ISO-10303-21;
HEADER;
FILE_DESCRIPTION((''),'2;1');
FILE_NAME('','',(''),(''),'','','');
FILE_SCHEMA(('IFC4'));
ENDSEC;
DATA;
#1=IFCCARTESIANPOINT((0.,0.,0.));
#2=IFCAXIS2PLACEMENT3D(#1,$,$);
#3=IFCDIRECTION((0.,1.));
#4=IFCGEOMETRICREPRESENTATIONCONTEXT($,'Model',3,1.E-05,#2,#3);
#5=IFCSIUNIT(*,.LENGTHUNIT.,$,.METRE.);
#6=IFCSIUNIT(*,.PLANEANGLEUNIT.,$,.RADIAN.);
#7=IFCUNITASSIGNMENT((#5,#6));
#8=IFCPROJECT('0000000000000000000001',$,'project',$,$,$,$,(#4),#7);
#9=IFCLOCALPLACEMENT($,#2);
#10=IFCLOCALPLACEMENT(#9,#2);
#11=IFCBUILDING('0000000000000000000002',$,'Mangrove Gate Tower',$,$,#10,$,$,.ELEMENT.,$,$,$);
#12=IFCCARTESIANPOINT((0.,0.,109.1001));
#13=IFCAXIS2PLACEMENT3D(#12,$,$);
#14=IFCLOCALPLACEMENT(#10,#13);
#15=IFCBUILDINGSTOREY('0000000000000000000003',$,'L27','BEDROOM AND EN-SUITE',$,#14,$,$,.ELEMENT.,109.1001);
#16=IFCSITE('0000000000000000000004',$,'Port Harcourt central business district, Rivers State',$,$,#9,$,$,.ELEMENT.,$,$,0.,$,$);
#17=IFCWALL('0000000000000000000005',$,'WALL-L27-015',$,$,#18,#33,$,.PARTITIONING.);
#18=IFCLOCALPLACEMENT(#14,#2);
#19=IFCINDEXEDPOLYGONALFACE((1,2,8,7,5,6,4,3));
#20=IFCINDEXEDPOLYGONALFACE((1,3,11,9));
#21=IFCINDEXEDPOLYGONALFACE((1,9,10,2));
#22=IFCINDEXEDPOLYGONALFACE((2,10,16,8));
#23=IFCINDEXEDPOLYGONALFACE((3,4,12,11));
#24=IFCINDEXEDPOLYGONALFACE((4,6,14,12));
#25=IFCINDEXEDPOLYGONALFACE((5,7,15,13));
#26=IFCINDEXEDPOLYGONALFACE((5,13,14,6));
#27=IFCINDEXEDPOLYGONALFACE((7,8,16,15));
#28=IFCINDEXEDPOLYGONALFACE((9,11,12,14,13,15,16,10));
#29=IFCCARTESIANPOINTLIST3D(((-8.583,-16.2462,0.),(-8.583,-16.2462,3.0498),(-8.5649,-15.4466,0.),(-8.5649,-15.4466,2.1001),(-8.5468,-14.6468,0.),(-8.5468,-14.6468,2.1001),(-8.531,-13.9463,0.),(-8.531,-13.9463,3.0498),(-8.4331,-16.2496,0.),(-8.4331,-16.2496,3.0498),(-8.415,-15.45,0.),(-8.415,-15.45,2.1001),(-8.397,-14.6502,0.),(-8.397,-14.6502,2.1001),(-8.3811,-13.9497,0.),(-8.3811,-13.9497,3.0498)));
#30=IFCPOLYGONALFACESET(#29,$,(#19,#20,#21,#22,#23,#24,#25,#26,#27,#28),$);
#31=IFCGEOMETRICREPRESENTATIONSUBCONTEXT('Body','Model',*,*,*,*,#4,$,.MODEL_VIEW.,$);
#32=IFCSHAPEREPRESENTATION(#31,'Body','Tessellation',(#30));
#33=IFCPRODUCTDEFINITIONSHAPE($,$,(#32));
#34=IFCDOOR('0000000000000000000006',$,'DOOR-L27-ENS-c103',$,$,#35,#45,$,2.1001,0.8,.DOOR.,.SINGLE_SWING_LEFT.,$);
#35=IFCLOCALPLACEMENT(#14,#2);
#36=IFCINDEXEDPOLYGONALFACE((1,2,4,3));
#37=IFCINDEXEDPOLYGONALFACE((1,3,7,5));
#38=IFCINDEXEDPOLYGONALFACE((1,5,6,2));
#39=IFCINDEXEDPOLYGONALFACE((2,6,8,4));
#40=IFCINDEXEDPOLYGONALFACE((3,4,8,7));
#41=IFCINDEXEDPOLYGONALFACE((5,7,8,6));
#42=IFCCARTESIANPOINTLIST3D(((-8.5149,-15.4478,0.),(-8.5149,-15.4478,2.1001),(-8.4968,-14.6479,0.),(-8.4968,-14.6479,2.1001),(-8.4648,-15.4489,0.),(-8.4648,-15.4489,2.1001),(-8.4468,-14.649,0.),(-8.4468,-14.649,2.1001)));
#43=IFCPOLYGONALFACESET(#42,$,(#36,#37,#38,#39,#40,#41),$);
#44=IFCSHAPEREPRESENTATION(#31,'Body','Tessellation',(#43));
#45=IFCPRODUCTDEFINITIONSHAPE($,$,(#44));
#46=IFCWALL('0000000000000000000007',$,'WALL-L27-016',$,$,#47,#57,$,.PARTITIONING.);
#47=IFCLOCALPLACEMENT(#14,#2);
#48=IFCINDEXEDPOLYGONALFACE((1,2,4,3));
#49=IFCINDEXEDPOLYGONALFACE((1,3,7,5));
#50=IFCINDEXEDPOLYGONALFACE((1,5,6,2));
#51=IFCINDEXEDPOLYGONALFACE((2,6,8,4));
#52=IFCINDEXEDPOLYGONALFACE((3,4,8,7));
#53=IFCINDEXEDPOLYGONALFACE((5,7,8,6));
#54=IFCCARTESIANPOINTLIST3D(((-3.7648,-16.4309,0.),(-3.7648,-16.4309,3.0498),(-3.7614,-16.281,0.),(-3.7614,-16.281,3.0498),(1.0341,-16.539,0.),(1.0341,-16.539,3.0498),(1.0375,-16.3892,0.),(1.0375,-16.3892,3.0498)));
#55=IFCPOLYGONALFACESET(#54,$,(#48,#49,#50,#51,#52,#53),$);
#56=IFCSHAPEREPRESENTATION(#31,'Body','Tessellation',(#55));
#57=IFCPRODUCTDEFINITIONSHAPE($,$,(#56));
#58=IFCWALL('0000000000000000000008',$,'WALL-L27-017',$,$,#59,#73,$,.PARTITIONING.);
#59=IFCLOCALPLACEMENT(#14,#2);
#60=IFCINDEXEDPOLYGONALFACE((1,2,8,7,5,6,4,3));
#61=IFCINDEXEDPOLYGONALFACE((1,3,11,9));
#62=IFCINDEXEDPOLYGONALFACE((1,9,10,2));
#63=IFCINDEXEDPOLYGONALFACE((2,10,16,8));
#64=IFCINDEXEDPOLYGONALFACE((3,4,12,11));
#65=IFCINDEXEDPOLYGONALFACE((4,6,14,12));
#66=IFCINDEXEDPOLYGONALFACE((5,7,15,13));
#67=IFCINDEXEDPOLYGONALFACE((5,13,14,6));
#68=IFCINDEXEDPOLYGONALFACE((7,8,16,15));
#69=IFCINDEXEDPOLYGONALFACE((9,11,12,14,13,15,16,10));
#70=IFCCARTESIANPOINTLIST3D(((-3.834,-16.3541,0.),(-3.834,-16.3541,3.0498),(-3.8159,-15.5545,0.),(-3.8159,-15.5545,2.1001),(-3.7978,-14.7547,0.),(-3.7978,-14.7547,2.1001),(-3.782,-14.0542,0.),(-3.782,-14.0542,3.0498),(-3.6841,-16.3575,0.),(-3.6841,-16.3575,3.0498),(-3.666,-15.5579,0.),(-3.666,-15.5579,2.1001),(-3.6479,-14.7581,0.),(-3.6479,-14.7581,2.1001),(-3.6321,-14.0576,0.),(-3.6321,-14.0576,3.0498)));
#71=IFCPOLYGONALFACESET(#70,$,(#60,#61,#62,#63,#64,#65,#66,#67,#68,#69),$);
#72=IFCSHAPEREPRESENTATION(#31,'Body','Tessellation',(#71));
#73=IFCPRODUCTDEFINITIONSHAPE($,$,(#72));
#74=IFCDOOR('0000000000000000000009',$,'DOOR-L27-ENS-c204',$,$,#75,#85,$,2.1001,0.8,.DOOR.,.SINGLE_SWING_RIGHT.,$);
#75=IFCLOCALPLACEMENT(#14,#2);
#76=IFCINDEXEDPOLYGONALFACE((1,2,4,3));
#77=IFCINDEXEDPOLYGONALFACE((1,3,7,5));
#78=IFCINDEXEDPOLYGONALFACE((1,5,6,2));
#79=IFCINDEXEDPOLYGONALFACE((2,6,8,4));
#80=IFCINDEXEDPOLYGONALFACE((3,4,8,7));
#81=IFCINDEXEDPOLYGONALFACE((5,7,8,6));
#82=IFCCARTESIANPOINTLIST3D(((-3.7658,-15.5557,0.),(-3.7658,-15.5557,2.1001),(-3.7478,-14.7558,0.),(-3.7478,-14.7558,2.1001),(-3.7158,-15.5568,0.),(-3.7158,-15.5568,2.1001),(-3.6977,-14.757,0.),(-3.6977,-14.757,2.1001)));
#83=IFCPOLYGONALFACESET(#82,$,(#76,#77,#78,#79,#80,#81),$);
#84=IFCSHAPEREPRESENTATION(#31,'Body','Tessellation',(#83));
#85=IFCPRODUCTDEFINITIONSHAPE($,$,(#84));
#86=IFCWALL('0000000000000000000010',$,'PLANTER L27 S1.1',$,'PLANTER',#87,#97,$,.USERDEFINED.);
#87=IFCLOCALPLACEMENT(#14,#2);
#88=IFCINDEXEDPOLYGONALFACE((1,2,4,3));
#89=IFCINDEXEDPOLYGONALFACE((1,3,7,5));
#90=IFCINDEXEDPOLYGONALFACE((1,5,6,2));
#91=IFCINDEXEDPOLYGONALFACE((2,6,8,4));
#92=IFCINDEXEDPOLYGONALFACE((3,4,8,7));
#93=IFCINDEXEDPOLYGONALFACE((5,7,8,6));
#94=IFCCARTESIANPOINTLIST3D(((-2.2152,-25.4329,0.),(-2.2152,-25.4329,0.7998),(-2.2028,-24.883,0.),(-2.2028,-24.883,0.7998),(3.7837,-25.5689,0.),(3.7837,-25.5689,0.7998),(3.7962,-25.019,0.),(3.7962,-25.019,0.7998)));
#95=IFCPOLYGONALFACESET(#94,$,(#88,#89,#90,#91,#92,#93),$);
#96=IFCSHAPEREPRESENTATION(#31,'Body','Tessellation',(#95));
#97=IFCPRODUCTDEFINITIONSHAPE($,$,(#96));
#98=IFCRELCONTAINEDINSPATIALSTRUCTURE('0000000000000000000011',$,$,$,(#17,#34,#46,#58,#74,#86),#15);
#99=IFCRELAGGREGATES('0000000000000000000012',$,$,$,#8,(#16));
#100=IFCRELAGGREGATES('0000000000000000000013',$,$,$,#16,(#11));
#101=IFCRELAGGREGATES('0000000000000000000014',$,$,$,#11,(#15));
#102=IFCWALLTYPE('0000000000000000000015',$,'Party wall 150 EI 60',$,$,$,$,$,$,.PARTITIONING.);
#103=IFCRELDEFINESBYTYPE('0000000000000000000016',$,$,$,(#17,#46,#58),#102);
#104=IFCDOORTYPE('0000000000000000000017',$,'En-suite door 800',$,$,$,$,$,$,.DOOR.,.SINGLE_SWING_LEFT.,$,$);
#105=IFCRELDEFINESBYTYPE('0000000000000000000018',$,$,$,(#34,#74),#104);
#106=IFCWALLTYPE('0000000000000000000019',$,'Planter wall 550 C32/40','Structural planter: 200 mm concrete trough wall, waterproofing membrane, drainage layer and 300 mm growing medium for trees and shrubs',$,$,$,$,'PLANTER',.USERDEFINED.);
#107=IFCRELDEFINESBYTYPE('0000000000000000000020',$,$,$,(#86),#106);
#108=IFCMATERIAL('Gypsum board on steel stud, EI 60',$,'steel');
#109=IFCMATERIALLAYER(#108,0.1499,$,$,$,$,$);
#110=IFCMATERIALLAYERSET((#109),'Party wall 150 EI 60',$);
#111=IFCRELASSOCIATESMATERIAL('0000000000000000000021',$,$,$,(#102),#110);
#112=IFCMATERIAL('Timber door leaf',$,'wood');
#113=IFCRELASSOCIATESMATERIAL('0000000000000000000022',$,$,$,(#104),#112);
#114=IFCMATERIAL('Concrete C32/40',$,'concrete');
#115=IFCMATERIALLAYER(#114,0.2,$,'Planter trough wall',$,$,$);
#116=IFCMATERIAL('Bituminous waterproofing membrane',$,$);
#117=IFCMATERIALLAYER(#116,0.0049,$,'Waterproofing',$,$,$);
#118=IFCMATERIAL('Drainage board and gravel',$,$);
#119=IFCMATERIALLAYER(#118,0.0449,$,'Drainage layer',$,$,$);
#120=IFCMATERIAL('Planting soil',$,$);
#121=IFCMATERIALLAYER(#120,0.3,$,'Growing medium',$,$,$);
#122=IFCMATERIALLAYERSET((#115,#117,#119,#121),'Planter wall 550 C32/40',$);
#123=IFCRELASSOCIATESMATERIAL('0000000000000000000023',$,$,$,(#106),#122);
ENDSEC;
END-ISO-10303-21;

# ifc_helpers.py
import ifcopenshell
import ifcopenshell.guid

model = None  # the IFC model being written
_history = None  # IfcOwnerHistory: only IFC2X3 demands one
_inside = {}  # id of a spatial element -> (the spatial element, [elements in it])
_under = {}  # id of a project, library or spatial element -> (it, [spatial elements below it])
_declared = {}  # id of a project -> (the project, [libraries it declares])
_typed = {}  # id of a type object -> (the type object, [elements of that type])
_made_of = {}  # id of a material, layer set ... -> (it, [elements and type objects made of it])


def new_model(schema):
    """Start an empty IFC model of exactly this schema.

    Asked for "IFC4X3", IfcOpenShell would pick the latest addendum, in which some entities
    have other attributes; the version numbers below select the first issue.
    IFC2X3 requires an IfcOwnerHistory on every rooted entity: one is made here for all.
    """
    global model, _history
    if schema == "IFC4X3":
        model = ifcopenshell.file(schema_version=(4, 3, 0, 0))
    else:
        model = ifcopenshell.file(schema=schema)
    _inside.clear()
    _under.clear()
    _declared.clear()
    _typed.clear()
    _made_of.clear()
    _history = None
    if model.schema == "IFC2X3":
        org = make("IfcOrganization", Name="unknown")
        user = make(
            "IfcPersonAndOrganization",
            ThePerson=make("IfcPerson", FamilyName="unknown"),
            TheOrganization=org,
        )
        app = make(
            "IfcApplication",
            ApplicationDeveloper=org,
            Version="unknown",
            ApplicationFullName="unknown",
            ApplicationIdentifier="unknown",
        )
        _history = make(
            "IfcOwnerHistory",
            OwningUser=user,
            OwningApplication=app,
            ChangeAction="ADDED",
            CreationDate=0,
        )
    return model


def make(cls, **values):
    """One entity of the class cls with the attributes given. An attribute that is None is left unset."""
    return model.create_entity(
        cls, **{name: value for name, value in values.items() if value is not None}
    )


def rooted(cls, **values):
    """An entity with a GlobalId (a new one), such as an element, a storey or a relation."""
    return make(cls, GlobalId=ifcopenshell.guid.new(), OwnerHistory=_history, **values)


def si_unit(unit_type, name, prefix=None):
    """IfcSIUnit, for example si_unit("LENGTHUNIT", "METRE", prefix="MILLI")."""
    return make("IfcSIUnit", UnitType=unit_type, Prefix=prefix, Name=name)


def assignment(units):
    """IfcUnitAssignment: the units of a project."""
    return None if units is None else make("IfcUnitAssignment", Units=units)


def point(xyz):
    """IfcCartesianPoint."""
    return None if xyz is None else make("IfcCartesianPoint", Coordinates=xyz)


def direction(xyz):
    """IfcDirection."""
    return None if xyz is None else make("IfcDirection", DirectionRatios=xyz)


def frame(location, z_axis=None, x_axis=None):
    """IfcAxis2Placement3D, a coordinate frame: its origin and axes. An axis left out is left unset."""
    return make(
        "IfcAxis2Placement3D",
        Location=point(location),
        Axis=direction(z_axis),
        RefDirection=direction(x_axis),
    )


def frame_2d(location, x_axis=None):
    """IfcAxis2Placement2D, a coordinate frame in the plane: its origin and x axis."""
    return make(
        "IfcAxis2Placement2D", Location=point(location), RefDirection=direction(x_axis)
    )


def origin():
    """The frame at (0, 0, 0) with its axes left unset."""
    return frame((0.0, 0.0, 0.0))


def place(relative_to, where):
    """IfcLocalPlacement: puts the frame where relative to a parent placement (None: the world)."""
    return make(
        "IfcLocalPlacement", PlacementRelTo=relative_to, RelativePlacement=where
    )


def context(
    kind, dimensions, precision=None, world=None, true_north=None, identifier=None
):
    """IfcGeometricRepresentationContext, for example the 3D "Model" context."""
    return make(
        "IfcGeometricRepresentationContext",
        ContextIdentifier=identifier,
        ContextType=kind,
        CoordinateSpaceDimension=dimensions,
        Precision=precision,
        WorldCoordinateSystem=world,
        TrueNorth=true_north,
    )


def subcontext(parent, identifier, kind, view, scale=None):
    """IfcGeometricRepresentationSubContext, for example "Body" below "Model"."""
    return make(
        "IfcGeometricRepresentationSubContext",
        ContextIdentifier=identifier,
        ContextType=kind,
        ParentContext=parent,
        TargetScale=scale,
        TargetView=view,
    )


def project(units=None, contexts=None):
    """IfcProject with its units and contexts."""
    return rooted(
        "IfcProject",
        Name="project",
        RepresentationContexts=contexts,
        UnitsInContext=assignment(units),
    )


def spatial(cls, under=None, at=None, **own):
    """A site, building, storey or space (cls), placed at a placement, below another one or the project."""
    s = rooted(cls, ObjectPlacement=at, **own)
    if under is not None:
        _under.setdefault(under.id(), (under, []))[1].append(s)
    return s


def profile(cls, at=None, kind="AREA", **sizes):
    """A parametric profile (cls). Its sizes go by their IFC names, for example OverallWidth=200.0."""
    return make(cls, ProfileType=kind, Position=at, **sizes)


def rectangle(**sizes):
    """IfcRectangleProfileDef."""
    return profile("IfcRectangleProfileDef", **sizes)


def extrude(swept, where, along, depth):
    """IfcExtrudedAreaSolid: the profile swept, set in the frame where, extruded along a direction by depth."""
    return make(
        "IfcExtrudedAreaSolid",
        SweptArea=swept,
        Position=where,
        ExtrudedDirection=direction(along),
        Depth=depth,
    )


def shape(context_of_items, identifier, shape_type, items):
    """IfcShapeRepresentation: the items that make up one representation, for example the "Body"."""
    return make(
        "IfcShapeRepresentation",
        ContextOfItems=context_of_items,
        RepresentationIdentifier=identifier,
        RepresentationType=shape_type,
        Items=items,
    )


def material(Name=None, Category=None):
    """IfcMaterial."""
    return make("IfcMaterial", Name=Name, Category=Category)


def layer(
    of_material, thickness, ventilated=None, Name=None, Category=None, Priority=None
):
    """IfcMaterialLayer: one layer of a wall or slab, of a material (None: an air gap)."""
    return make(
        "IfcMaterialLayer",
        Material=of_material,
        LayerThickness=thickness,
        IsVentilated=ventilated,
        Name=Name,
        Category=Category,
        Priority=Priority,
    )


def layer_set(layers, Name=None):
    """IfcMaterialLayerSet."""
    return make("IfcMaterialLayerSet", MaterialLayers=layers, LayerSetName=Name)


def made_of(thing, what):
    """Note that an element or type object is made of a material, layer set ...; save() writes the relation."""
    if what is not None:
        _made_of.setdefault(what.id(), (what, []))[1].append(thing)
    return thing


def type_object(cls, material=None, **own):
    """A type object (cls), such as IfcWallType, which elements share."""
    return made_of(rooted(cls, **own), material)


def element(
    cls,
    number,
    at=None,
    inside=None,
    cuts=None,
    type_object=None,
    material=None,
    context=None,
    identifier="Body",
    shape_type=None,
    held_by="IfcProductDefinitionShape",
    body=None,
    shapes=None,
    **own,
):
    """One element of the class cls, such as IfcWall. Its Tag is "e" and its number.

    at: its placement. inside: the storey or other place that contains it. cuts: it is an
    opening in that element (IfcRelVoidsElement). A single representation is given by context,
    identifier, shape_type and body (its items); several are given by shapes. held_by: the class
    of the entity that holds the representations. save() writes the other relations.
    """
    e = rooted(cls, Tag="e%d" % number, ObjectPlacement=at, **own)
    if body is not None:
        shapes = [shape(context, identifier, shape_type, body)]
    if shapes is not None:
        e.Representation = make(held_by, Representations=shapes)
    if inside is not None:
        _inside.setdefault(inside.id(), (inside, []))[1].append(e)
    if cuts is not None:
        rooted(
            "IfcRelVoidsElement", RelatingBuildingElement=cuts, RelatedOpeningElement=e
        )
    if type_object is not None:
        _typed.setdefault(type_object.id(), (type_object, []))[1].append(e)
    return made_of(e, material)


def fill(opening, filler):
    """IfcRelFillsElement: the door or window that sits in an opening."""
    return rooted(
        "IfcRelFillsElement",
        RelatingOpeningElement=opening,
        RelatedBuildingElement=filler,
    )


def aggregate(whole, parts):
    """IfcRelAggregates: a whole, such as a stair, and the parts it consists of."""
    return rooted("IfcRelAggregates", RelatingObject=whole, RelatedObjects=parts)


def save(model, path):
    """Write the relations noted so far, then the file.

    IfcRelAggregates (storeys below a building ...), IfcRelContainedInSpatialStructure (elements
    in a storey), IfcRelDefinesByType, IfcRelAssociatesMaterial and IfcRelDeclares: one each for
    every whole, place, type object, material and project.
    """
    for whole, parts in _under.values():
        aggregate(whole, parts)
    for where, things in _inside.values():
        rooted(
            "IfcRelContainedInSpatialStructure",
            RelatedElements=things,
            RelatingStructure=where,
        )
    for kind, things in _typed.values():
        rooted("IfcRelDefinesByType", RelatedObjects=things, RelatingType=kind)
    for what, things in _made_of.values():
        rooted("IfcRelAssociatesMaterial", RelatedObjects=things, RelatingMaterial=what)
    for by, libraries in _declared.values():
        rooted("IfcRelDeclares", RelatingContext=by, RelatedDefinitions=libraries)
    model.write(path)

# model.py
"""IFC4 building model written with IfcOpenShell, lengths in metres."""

from ifc_helpers import new_model, si_unit, direction, frame, frame_2d, origin, place, context, subcontext, project, spatial, rectangle, extrude, material, layer, layer_set, type_object, element, fill, save


model = new_model("IFC4")

# Units and contexts
model_context = context("Model", 3, precision=1e-05, world=origin(), true_north=direction((0.0, 1.0)))
body_context = subcontext(model_context, "Body", "Model", "MODEL_VIEW")
ifc_project = project(units=[si_unit("LENGTHUNIT", "METRE"), si_unit("PLANEANGLEUNIT", "RADIAN")], contexts=[model_context])

# Site, building, storey
site_placement = place(None, origin())
site = spatial("IfcSite", under=ifc_project, at=site_placement, Name="Port Harcourt central business district, Rivers State", CompositionType="ELEMENT", RefElevation=0.0)
building_placement = place(site_placement, origin())
building = spatial("IfcBuilding", under=site, at=building_placement, Name="Mangrove Gate Tower", CompositionType="ELEMENT")
storey_placement = place(building_placement, frame((0.0, 0.0, 109.1001)))
storey = spatial("IfcBuildingStorey", under=building, at=storey_placement, Name="L27", Description="BEDROOM AND EN-SUITE", CompositionType="ELEMENT", Elevation=109.1001)

# Shared definitions
ifc_material_1 = material(Name="Gypsum board on steel stud, EI 60", Category="steel")
ifc_layer_1 = layer(ifc_material_1, 0.1499)
ifc_layer_set_1 = layer_set([ifc_layer_1], Name="Party wall 150 EI 60")
wall_type_1 = type_object("IfcWallType", Name="Party wall 150 EI 60", PredefinedType="PARTITIONING", material=ifc_layer_set_1)

# Wall, opening, door
ifc_material_2 = material(Name="Timber door leaf", Category="wood")
door_type = type_object("IfcDoorType", Name="En-suite door 800", OperationType="SINGLE_SWING_LEFT", PredefinedType="DOOR", material=ifc_material_2)
wall_1_placement = place(storey_placement, frame((-8.5081, -16.248, 0.0), z_axis=(0.0, 0.0, 1.0), x_axis=(0.022603, 0.999745, 0.0)))
wall_1 = element("IfcWall", 1, at=wall_1_placement, inside=storey, type_object=wall_type_1, Name="WALL-L27-015", PredefinedType="PARTITIONING", context=body_context, shape_type="SweptSolid", body=[
    extrude(rectangle(XDim=2.3005, YDim=0.1499, at=frame_2d((1.1504, 0.0))), origin(), (0.0, 0.0, 1.0), 3.0498),
])
opening_1_placement = place(wall_1_placement, frame((0.8, 0.0, 0.0)))
opening_1 = element("IfcOpeningElement", 2, at=opening_1_placement, cuts=wall_1, PredefinedType="OPENING", context=body_context, shape_type="SweptSolid", body=[
    extrude(rectangle(XDim=0.8, YDim=2.1001, at=frame_2d((0.3999, 1.05))), frame((0.0, 0.085, 0.0), z_axis=(0.0, -1.0, 0.0), x_axis=(1.0, 0.0, 0.0)), (0.0, 0.0, 1.0), 0.1699),
])
door_1_placement = place(opening_1_placement, origin())
door_1 = element("IfcDoor", 3, at=door_1_placement, inside=storey, type_object=door_type, Name="DOOR-L27-ENS-c103", OperationType="SINGLE_SWING_LEFT", OverallHeight=2.1001, OverallWidth=0.8, PredefinedType="DOOR", context=body_context, shape_type="SweptSolid", body=[
    extrude(rectangle(XDim=0.8, YDim=2.1001, at=frame_2d((0.3999, 1.05))), frame((0.0, 0.0249, 0.0), z_axis=(0.0, -1.0, 0.0), x_axis=(1.0, 0.0, 0.0)), (0.0, 0.0, 1.0), 0.05),
])
fill(opening_1, door_1)

# Wall
wall_2_placement = place(storey_placement, frame((-3.7629, -16.356, 0.0), z_axis=(0.0, 0.0, 1.0), x_axis=(0.999746, -0.022532, 0.0)))
element("IfcWall", 4, at=wall_2_placement, inside=storey, type_object=wall_type_1, Name="WALL-L27-016", PredefinedType="PARTITIONING", context=body_context, shape_type="SweptSolid", body=[
    extrude(rectangle(XDim=4.8, YDim=0.1499, at=frame_2d((2.3999, 0.0))), origin(), (0.0, 0.0, 1.0), 3.0498),
])

# Wall, opening, door
wall_3_placement = place(storey_placement, frame((-3.759, -16.356, 0.0), z_axis=(0.0, 0.0, 1.0), x_axis=(0.022603, 0.999745, 0.0)))
wall_3 = element("IfcWall", 5, at=wall_3_placement, inside=storey, type_object=wall_type_1, Name="WALL-L27-017", PredefinedType="PARTITIONING", context=body_context, shape_type="SweptSolid", body=[
    extrude(rectangle(XDim=2.3005, YDim=0.1499, at=frame_2d((1.1504, 0.0))), origin(), (0.0, 0.0, 1.0), 3.0498),
])
opening_2_placement = place(wall_3_placement, frame((0.8, 0.0, 0.0)))
opening_2 = element("IfcOpeningElement", 6, at=opening_2_placement, cuts=wall_3, PredefinedType="OPENING", context=body_context, shape_type="SweptSolid", body=[
    extrude(rectangle(XDim=0.8, YDim=2.1001, at=frame_2d((0.3999, 1.05))), frame((0.0, 0.085, 0.0), z_axis=(0.0, -1.0, 0.0), x_axis=(1.0, 0.0, 0.0)), (0.0, 0.0, 1.0), 0.1699),
])
door_2_placement = place(opening_2_placement, origin())
door_2 = element("IfcDoor", 7, at=door_2_placement, inside=storey, type_object=door_type, Name="DOOR-L27-ENS-c204", OperationType="SINGLE_SWING_RIGHT", OverallHeight=2.1001, OverallWidth=0.8, PredefinedType="DOOR", context=body_context, shape_type="SweptSolid", body=[
    extrude(rectangle(XDim=0.8, YDim=2.1001, at=frame_2d((0.3999, 1.05))), frame((0.0, 0.0249, 0.0), z_axis=(0.0, -1.0, 0.0), x_axis=(1.0, 0.0, 0.0)), (0.0, 0.0, 1.0), 0.05),
])
fill(opening_2, door_2)

# Wall
ifc_material_3 = material(Name="Concrete C32/40", Category="concrete")
ifc_layer_2 = layer(ifc_material_3, 0.2, Name="Planter trough wall")
ifc_material_4 = material(Name="Bituminous waterproofing membrane")
ifc_layer_3 = layer(ifc_material_4, 0.0049, Name="Waterproofing")
ifc_material_5 = material(Name="Drainage board and gravel")
ifc_layer_4 = layer(ifc_material_5, 0.0449, Name="Drainage layer")
ifc_material_6 = material(Name="Planting soil")
ifc_layer_5 = layer(ifc_material_6, 0.3, Name="Growing medium")
ifc_layer_set_2 = layer_set([ifc_layer_2, ifc_layer_3, ifc_layer_4, ifc_layer_5], Name="Planter wall 550 C32/40")
wall_type_2 = type_object("IfcWallType", Name="Planter wall 550 C32/40", Description="Structural planter: 200 mm concrete trough wall, waterproofing membrane, drainage layer and 300 mm growing medium for trees and shrubs", ElementType="PLANTER", PredefinedType="USERDEFINED", material=ifc_layer_set_2)
wall_4_placement = place(storey_placement, frame((-2.209, -25.158, 0.0), z_axis=(0.0, 0.0, 1.0), x_axis=(0.999743, -0.022662, 0.0)))
element("IfcWall", 8, at=wall_4_placement, inside=storey, type_object=wall_type_2, Name="PLANTER L27 S1.1", ObjectType="PLANTER", PredefinedType="USERDEFINED", context=body_context, shape_type="SweptSolid", body=[
    extrude(rectangle(XDim=6.0005, YDim=0.55, at=frame_2d((3.0002, 0.0))), origin(), (0.0, 0.0, 1.0), 0.7998),
])

save(model, "model.ifc")
